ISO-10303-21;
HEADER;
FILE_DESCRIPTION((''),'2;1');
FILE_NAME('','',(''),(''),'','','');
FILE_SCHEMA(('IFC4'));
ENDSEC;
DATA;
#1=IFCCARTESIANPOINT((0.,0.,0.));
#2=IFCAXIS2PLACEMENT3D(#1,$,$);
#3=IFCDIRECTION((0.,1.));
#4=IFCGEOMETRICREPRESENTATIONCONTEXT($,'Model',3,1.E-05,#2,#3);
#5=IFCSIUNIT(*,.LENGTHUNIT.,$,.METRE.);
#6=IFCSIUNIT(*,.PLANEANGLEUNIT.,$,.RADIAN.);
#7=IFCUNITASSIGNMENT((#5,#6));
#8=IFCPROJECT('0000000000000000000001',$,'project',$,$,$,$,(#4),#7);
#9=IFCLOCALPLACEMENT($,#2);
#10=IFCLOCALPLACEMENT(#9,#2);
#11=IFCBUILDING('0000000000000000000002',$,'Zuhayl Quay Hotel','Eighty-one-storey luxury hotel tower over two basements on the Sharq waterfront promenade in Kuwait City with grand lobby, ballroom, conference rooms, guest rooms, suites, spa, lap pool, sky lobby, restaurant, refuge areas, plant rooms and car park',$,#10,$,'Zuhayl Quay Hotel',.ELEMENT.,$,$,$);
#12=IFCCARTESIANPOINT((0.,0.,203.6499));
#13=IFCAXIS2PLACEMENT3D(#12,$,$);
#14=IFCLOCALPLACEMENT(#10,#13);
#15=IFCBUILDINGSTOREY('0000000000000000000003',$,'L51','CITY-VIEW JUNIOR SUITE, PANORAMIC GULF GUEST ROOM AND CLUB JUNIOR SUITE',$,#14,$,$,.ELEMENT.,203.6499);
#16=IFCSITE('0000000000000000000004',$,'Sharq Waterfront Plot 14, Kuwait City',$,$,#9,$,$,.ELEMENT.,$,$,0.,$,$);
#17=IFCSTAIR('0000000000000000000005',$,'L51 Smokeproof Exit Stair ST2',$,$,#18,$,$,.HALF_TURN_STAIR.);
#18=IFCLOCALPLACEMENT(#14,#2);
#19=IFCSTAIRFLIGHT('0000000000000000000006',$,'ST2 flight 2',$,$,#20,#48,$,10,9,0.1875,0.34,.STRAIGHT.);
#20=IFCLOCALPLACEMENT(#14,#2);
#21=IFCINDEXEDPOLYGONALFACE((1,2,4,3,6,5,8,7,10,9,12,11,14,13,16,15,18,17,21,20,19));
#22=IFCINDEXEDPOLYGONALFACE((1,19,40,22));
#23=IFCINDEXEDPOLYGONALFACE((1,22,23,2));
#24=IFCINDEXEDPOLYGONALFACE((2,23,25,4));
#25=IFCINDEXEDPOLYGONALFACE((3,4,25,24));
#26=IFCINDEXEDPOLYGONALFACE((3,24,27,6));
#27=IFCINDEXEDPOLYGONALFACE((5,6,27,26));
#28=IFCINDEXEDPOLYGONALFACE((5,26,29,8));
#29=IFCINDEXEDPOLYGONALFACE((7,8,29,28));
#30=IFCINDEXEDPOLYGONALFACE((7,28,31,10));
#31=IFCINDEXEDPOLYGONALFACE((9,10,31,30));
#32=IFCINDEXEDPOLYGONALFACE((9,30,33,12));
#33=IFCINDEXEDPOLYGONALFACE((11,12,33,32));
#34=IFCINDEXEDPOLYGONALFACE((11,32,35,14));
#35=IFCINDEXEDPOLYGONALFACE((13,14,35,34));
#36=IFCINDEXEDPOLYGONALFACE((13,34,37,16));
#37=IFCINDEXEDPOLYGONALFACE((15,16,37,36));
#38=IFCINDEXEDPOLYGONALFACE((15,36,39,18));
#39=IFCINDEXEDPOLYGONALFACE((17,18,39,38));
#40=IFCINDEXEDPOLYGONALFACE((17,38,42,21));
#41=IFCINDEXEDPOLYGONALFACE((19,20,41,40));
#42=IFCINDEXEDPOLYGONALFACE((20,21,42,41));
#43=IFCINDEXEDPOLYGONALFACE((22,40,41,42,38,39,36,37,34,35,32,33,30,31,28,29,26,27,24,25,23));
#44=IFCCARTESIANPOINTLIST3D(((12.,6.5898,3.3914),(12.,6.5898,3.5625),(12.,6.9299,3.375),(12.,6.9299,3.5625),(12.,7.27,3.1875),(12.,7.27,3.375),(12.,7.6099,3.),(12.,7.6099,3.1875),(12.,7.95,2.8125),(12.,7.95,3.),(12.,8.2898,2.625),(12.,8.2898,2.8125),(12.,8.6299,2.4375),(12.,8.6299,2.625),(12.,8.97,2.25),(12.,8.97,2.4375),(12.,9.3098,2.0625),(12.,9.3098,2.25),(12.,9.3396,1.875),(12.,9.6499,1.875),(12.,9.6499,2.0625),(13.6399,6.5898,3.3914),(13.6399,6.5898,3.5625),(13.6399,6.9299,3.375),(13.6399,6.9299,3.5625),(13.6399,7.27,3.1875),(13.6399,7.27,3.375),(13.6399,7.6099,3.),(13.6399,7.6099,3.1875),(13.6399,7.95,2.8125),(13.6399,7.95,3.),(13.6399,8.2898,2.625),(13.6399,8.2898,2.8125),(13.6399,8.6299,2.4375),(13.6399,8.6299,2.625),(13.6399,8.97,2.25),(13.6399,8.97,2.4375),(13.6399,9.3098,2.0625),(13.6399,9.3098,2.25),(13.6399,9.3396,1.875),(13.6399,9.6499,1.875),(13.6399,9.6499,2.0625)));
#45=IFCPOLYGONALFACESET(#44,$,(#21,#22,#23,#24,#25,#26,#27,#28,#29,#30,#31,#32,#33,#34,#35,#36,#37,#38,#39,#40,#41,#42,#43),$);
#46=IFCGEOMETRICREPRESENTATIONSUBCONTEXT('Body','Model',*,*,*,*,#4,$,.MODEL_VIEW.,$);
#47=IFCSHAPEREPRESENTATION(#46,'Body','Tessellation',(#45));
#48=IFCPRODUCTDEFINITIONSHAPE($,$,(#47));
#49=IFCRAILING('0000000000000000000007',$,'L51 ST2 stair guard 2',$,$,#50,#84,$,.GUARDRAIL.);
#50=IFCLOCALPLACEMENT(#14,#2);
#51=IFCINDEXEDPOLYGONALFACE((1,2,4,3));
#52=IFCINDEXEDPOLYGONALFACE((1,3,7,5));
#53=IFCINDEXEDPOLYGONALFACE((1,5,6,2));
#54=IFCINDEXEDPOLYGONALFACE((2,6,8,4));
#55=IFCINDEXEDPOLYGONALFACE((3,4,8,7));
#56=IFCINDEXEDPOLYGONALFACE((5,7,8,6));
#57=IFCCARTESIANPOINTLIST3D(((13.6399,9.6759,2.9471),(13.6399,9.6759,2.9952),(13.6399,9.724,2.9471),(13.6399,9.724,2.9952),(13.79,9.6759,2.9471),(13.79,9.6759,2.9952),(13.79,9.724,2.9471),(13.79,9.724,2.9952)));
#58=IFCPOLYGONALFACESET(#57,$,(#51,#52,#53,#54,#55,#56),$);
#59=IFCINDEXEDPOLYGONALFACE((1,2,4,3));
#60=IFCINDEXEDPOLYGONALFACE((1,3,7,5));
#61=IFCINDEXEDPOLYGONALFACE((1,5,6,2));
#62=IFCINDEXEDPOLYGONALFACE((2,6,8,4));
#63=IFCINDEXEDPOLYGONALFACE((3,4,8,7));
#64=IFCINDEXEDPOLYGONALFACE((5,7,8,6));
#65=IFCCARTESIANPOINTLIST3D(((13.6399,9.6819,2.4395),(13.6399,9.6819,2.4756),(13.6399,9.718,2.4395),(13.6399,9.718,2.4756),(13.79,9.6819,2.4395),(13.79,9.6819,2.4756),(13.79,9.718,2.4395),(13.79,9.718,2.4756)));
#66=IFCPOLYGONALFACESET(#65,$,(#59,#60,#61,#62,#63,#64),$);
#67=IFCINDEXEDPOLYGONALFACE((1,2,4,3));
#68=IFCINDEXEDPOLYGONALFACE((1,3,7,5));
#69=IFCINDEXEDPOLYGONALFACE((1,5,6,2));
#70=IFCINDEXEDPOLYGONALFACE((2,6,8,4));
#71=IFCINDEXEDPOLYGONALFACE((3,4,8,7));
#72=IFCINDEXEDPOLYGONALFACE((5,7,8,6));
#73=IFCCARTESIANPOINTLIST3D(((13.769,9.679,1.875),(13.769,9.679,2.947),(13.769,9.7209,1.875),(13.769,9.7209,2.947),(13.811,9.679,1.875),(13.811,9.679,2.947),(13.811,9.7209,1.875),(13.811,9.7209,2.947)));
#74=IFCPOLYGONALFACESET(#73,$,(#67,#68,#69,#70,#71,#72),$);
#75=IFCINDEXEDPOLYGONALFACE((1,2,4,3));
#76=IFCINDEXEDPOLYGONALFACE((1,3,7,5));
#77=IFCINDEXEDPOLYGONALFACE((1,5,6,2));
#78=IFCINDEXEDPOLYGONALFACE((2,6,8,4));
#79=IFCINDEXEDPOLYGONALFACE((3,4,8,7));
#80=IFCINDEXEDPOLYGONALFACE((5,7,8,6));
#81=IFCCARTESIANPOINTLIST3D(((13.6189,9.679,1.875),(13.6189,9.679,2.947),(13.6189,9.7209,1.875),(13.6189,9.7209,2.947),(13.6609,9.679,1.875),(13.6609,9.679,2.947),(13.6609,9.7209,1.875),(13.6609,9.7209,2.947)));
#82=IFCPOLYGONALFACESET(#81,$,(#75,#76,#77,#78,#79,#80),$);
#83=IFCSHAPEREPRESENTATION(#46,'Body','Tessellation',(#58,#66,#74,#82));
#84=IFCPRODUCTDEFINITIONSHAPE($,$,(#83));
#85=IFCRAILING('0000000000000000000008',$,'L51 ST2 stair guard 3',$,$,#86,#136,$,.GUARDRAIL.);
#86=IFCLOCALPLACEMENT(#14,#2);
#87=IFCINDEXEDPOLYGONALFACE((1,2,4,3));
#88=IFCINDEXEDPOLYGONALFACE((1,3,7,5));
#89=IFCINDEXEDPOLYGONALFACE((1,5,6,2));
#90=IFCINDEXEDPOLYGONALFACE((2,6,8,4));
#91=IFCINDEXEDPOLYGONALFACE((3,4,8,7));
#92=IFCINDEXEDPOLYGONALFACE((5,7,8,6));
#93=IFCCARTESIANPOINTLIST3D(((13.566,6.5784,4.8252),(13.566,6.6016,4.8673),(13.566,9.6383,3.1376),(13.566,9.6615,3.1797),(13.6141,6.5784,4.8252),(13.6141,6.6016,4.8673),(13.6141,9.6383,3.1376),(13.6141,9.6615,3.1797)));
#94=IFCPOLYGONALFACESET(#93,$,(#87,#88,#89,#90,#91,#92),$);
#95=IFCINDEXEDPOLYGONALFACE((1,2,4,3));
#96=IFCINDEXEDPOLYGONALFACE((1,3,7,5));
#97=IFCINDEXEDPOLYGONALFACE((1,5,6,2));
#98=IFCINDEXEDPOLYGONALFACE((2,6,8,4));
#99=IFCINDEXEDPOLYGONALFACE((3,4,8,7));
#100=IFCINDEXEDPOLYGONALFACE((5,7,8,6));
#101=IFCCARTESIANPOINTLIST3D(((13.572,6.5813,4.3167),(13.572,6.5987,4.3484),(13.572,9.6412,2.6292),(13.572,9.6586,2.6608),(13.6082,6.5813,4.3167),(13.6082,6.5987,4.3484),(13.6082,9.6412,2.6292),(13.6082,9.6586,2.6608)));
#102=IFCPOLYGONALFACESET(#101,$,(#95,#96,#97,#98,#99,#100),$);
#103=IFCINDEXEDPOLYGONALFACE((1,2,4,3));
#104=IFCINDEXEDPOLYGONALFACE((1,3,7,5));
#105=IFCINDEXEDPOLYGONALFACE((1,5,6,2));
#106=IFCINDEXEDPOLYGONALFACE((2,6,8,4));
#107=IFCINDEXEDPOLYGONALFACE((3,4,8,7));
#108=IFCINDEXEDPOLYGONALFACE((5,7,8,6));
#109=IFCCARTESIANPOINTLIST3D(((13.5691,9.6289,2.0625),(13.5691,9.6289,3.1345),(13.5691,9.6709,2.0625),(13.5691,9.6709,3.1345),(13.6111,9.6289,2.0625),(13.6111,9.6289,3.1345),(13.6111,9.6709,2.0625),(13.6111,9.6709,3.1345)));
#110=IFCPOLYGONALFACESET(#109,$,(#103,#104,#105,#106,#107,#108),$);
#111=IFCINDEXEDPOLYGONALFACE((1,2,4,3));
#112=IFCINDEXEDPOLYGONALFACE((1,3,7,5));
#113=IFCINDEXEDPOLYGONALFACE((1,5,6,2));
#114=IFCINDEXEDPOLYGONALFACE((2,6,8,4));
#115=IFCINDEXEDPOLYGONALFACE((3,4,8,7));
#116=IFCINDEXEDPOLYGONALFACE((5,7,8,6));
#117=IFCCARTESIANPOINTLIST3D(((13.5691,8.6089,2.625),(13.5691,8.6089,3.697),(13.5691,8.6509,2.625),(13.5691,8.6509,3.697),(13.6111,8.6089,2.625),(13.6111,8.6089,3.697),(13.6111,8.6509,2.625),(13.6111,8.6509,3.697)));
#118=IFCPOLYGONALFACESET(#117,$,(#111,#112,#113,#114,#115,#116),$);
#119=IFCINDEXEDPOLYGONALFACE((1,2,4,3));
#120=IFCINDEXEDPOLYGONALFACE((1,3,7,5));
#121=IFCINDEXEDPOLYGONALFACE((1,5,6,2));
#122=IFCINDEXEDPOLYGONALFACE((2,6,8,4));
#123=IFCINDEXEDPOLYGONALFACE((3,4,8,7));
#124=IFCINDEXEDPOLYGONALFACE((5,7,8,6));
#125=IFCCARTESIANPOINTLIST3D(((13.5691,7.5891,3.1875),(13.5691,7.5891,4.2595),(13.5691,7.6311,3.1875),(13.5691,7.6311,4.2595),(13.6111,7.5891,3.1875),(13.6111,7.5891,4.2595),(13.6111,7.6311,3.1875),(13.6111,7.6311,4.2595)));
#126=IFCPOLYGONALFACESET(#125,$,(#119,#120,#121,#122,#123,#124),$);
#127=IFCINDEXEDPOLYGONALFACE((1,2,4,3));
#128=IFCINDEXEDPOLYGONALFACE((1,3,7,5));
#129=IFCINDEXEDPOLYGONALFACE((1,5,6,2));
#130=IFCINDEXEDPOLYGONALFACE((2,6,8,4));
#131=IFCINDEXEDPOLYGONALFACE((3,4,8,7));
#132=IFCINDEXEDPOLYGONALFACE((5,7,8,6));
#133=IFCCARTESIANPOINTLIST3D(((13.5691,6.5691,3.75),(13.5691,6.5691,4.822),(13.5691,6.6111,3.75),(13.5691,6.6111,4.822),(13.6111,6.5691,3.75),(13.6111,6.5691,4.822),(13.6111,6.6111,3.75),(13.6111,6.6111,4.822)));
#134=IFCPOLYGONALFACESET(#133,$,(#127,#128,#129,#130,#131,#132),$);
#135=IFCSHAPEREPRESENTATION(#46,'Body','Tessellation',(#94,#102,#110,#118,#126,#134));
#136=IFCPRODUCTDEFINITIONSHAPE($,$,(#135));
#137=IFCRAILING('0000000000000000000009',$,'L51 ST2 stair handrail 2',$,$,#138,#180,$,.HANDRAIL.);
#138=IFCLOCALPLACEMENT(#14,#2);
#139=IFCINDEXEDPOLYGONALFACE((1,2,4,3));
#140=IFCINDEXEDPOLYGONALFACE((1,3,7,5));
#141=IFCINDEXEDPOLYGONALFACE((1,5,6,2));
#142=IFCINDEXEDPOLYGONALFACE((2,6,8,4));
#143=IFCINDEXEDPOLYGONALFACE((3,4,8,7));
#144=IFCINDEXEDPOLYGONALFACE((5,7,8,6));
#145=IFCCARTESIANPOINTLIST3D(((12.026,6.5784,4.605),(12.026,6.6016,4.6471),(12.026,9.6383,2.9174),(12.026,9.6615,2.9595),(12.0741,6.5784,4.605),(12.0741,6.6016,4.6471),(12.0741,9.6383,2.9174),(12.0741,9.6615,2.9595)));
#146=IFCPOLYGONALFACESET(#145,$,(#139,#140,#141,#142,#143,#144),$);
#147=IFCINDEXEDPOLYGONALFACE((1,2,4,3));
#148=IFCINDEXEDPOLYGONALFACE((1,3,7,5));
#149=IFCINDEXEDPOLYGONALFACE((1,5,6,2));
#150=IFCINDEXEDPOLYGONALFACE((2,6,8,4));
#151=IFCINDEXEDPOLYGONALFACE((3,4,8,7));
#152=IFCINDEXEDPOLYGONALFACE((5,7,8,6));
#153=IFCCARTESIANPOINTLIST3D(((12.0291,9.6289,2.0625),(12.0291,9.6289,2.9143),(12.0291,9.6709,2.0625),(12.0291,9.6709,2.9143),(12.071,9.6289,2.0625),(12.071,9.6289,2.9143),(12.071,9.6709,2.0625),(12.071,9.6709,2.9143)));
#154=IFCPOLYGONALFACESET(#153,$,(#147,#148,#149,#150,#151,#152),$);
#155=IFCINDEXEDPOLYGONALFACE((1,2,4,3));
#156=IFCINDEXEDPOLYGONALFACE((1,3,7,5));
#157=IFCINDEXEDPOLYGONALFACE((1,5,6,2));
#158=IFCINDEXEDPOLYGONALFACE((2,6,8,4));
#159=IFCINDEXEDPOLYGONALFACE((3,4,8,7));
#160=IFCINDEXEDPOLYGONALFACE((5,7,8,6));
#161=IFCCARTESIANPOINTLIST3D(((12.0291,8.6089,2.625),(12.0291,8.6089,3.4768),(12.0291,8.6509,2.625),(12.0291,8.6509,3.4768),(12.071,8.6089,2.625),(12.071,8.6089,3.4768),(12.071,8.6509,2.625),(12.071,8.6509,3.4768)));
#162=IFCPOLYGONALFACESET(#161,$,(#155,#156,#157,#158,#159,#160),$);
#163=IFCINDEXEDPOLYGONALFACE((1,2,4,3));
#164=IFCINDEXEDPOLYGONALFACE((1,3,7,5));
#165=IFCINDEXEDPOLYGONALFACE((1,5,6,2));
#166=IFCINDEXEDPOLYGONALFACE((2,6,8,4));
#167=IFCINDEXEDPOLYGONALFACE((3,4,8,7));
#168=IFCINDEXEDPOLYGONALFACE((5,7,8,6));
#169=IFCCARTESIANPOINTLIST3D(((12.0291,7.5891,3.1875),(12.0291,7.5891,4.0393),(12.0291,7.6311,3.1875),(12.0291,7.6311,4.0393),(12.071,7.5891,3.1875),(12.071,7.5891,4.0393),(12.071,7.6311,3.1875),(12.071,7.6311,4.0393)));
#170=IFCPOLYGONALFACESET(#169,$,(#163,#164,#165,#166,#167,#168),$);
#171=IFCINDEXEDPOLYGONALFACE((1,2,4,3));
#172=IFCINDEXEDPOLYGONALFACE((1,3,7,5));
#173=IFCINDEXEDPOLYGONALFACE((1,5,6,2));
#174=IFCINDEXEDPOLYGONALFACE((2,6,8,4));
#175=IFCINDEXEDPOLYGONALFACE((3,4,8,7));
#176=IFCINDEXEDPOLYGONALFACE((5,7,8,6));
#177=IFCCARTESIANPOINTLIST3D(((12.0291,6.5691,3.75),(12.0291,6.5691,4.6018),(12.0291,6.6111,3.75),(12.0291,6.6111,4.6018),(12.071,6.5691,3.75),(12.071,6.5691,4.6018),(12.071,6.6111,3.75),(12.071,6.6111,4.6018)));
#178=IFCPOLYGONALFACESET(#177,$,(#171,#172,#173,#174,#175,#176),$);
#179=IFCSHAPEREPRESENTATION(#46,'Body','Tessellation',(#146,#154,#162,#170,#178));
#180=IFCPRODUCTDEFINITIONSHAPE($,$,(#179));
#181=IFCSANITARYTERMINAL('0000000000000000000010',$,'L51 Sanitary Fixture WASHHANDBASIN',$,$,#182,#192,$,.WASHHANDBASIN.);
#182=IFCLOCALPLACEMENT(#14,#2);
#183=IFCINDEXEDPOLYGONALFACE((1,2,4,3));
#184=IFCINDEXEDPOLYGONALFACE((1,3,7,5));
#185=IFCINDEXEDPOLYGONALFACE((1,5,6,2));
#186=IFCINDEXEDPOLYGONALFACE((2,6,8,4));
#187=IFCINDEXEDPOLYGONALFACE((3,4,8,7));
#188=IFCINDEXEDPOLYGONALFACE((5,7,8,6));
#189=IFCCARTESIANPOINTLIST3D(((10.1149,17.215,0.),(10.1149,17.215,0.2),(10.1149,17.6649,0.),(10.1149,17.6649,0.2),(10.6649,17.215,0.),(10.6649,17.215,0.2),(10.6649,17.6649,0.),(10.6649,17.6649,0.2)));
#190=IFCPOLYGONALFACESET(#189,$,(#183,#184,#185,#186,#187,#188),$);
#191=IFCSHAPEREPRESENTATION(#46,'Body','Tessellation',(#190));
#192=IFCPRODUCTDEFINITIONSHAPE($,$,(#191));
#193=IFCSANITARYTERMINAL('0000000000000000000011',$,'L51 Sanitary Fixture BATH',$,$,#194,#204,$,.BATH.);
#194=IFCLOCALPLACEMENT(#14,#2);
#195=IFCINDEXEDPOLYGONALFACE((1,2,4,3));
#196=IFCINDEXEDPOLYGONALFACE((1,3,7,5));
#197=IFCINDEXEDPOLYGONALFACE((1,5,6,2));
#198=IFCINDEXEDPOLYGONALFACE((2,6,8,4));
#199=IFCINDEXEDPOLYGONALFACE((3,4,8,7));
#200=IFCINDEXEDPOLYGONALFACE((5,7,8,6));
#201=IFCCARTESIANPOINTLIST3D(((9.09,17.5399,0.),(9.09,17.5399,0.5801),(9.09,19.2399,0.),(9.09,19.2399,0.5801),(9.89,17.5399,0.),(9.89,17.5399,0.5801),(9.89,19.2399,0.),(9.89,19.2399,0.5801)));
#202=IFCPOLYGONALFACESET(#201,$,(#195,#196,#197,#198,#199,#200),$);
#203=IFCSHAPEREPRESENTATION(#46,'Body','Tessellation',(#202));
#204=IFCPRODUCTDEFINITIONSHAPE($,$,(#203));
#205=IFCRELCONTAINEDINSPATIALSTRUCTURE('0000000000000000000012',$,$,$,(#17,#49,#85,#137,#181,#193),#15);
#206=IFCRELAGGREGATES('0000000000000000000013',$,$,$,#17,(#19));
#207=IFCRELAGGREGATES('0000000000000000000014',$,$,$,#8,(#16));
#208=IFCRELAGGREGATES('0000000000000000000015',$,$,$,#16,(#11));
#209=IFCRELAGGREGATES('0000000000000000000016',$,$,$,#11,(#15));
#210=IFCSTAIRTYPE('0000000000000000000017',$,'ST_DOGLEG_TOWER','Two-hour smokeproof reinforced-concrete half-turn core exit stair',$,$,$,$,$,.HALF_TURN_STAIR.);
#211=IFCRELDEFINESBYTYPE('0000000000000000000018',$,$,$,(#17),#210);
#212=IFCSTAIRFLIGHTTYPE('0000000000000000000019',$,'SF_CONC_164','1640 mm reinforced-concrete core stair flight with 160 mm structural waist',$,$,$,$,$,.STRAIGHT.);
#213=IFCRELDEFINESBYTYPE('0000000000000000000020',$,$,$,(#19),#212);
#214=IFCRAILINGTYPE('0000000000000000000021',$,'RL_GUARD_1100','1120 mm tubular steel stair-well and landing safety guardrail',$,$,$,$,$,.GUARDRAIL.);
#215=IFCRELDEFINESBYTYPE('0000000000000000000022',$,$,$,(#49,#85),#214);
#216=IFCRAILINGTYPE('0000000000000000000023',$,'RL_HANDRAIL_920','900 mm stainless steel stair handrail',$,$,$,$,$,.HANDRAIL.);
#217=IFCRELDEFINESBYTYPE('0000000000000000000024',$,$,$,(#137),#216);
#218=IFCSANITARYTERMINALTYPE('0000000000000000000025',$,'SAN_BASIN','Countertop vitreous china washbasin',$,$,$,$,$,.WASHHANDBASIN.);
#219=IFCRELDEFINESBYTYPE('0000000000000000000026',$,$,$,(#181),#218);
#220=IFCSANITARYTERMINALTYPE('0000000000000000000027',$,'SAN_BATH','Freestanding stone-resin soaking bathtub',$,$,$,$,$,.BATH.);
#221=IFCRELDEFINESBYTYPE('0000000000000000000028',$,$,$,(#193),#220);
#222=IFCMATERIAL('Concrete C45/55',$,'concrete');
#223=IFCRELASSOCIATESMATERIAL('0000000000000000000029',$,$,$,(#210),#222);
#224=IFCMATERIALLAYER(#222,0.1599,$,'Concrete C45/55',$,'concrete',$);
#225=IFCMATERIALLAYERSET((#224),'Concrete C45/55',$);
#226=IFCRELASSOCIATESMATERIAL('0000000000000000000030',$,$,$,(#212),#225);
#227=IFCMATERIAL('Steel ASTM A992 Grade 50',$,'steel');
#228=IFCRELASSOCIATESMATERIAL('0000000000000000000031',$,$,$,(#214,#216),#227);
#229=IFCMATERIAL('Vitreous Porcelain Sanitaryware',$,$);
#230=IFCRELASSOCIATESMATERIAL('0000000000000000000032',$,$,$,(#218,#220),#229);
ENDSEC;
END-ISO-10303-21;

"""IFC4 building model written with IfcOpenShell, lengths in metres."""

from ifc_helpers import new_model, si_unit, direction, frame, origin, origin_2d, place, context, subcontext, project, spatial, polyline, rectangle, outline, extrude, material, layer, layer_set, type_object, element, aggregate, save


model = new_model("IFC4")

# Units and contexts
model_context = context("Model", 3, precision=1e-05, world=origin(), true_north=direction((0.0, 1.0)))
body_context = subcontext(model_context, "Body", "Model", "MODEL_VIEW")
ifc_project = project(units=[si_unit("LENGTHUNIT", "METRE"), si_unit("PLANEANGLEUNIT", "RADIAN")], contexts=[model_context])

# Site, building, storey
site_placement = place(None, origin())
site = spatial("IfcSite", under=ifc_project, at=site_placement, Name="Sharq Waterfront Plot 14, Kuwait City", CompositionType="ELEMENT", RefElevation=0.0)
building_placement = place(site_placement, origin())
building = spatial("IfcBuilding", under=site, at=building_placement, Name="Zuhayl Quay Hotel", Description="Eighty-one-storey luxury hotel tower over two basements on the Sharq waterfront promenade in Kuwait City with grand lobby, ballroom, conference rooms, guest rooms, suites, spa, lap pool, sky lobby, restaurant, refuge areas, plant rooms and car park", LongName="Zuhayl Quay Hotel", CompositionType="ELEMENT")
storey_placement = place(building_placement, frame((0.0, 0.0, 203.6499)))
storey = spatial("IfcBuildingStorey", under=building, at=storey_placement, Name="L51", Description="CITY-VIEW JUNIOR SUITE, PANORAMIC GULF GUEST ROOM AND CLUB JUNIOR SUITE", CompositionType="ELEMENT", Elevation=203.6499)

# Shared definitions
ifc_material_1 = material(Name="Steel ASTM A992 Grade 50", Category="steel")

# Stair, stair flight
ifc_material_2 = material(Name="Concrete C45/55", Category="concrete")
stair_type = type_object("IfcStairType", Name="ST_DOGLEG_TOWER", Description="Two-hour smokeproof reinforced-concrete half-turn core exit stair", PredefinedType="HALF_TURN_STAIR", material=ifc_material_2)
stair_placement = place(storey_placement, origin())
stair = element("IfcStair", 1, at=stair_placement, inside=storey, type_object=stair_type, Name="L51 Smokeproof Exit Stair ST2", PredefinedType="HALF_TURN_STAIR")
ifc_layer_1 = layer(ifc_material_2, 0.1599, Name="Concrete C45/55", Category="concrete")
ifc_layer_set_1 = layer_set([ifc_layer_1], Name="Concrete C45/55")
stair_flight_type = type_object("IfcStairFlightType", Name="SF_CONC_164", Description="1640 mm reinforced-concrete core stair flight with 160 mm structural waist", PredefinedType="STRAIGHT", material=ifc_layer_set_1)
stair_flight_placement = place(storey_placement, frame((12.8201, 9.6499, 1.875), z_axis=(0.0, 0.0, 1.0), x_axis=(0.0, -1.0, 0.0)))
stair_flight = element("IfcStairFlight", 2, at=stair_flight_placement, type_object=stair_flight_type, Name="ST2 flight 2", NumberOfRisers=10, NumberOfTreads=9, PredefinedType="STRAIGHT", RiserHeight=0.1875, TreadLength=0.34, context=body_context, shape_type="SweptSolid", body=[
    extrude(outline(polyline([(0.0, 0.0), (0.0, 0.1875), (0.3401, 0.1875), (0.3401, 0.375), (0.6799, 0.375), (0.6799, 0.5625), (1.02, 0.5625), (1.02, 0.75), (1.3601, 0.75), (1.3601, 0.9375), (1.7, 0.9375), (1.7, 1.125), (2.04, 1.125), (2.04, 1.3125), (2.3799, 1.3125), (2.3799, 1.5), (2.72, 1.5), (2.72, 1.6875), (3.0601, 1.6875), (3.0601, 1.875), (3.0601, 1.5164), (0.3103, 0.0), (0.0, 0.0)])), frame((0.0, 0.8198, 0.0), z_axis=(0.0, -1.0, 0.0), x_axis=(1.0, 0.0, 0.0)), (0.0, 0.0, 1.0), 1.6399),
])
aggregate(stair, [stair_flight])

# Railings
railing_type_1 = type_object("IfcRailingType", Name="RL_GUARD_1100", Description="1120 mm tubular steel stair-well and landing safety guardrail", PredefinedType="GUARDRAIL", material=ifc_material_1)
railing_1_placement = place(storey_placement, frame((13.79, 9.7, 1.875)))
element("IfcRailing", 3, at=railing_1_placement, inside=storey, type_object=railing_type_1, Name="L51 ST2 stair guard 2", PredefinedType="GUARDRAIL", context=body_context, shape_type="SweptSolid", body=[
    extrude(rectangle(XDim=0.0481, YDim=0.0481, at=origin_2d()), frame((0.0, 0.0, 1.0962), z_axis=(-1.0, 0.0, 0.0), x_axis=(0.0, -1.0, 0.0)), (0.0, 0.0, 1.0), 0.1501),
    extrude(rectangle(XDim=0.0361, YDim=0.0361, at=origin_2d()), frame((0.0, 0.0, 0.5825), z_axis=(-1.0, 0.0, 0.0), x_axis=(0.0, -1.0, 0.0)), (0.0, 0.0, 1.0), 0.1501),
    extrude(rectangle(XDim=0.042, YDim=0.042, at=origin_2d()), origin(), (0.0, 0.0, 1.0), 1.072),
    extrude(rectangle(XDim=0.042, YDim=0.042, at=origin_2d()), frame((-0.1501, 0.0, 0.0)), (0.0, 0.0, 1.0), 1.072),
])
railing_2_placement = place(storey_placement, frame((13.5901, 9.6499, 2.0625)))
element("IfcRailing", 4, at=railing_2_placement, inside=storey, type_object=railing_type_1, Name="L51 ST2 stair guard 3", PredefinedType="GUARDRAIL", context=body_context, shape_type="SweptSolid", body=[
    extrude(rectangle(XDim=0.0481, YDim=0.0481, at=origin_2d()), frame((0.0, 0.0, 1.0962), z_axis=(0.0, -0.875659, 0.48293), x_axis=(1.0, 0.0, 0.0)), (0.0, 0.0, 1.0), 3.4944),
    extrude(rectangle(XDim=0.0361, YDim=0.0361, at=origin_2d()), frame((0.0, 0.0, 0.5825), z_axis=(0.0, -0.875659, 0.48293), x_axis=(1.0, 0.0, 0.0)), (0.0, 0.0, 1.0), 3.4944),
    extrude(rectangle(XDim=0.042, YDim=0.042, at=origin_2d()), origin(), (0.0, 0.0, 1.0), 1.072),
    extrude(rectangle(XDim=0.042, YDim=0.042, at=origin_2d()), frame((0.0, -1.02, 0.5625)), (0.0, 0.0, 1.0), 1.072),
    extrude(rectangle(XDim=0.042, YDim=0.042, at=origin_2d()), frame((0.0, -2.0398, 1.125)), (0.0, 0.0, 1.0), 1.072),
    extrude(rectangle(XDim=0.042, YDim=0.042, at=origin_2d()), frame((0.0, -3.0598, 1.6875)), (0.0, 0.0, 1.0), 1.072),
])
railing_type_2 = type_object("IfcRailingType", Name="RL_HANDRAIL_920", Description="900 mm stainless steel stair handrail", PredefinedType="HANDRAIL", material=ifc_material_1)
railing_3_placement = place(storey_placement, frame((12.05, 9.6499, 2.0625)))
element("IfcRailing", 5, at=railing_3_placement, inside=storey, type_object=railing_type_2, Name="L51 ST2 stair handrail 2", PredefinedType="HANDRAIL", context=body_context, shape_type="SweptSolid", body=[
    extrude(rectangle(XDim=0.0481, YDim=0.0481, at=origin_2d()), frame((0.0, 0.0, 0.876), z_axis=(0.0, -0.875659, 0.48293), x_axis=(1.0, 0.0, 0.0)), (0.0, 0.0, 1.0), 3.4944),
    extrude(rectangle(XDim=0.042, YDim=0.042, at=origin_2d()), origin(), (0.0, 0.0, 1.0), 0.8518),
    extrude(rectangle(XDim=0.042, YDim=0.042, at=origin_2d()), frame((0.0, -1.02, 0.5625)), (0.0, 0.0, 1.0), 0.8518),
    extrude(rectangle(XDim=0.042, YDim=0.042, at=origin_2d()), frame((0.0, -2.0398, 1.125)), (0.0, 0.0, 1.0), 0.8518),
    extrude(rectangle(XDim=0.042, YDim=0.042, at=origin_2d()), frame((0.0, -3.0598, 1.6875)), (0.0, 0.0, 1.0), 0.8518),
])

# Sanitary terminals
ifc_material_3 = material(Name="Vitreous Porcelain Sanitaryware")
sanitary_terminal_type_1 = type_object("IfcSanitaryTerminalType", Name="SAN_BASIN", Description="Countertop vitreous china washbasin", PredefinedType="WASHHANDBASIN", material=ifc_material_3)
sanitary_terminal_1_placement = place(storey_placement, frame((10.3899, 17.4399, 0.0), z_axis=(0.0, 0.0, 1.0), x_axis=(1.0, 0.0, 0.0)))
element("IfcSanitaryTerminal", 6, at=sanitary_terminal_1_placement, inside=storey, type_object=sanitary_terminal_type_1, Name="L51 Sanitary Fixture WASHHANDBASIN", PredefinedType="WASHHANDBASIN", context=body_context, shape_type="SweptSolid", body=[
    extrude(rectangle(XDim=0.55, YDim=0.45, at=origin_2d()), origin(), (0.0, 0.0, 1.0), 0.2),
])
sanitary_terminal_type_2 = type_object("IfcSanitaryTerminalType", Name="SAN_BATH", Description="Freestanding stone-resin soaking bathtub", PredefinedType="BATH", material=ifc_material_3)
sanitary_terminal_2_placement = place(storey_placement, frame((9.49, 18.3899, 0.0), z_axis=(0.0, 0.0, 1.0), x_axis=(1.0, 0.0, 0.0)))
element("IfcSanitaryTerminal", 7, at=sanitary_terminal_2_placement, inside=storey, type_object=sanitary_terminal_type_2, Name="L51 Sanitary Fixture BATH", PredefinedType="BATH", context=body_context, shape_type="SweptSolid", body=[
    extrude(rectangle(XDim=0.8, YDim=1.7, at=origin_2d()), origin(), (0.0, 0.0, 1.0), 0.5801),
])

save(model, "model.ifc")
